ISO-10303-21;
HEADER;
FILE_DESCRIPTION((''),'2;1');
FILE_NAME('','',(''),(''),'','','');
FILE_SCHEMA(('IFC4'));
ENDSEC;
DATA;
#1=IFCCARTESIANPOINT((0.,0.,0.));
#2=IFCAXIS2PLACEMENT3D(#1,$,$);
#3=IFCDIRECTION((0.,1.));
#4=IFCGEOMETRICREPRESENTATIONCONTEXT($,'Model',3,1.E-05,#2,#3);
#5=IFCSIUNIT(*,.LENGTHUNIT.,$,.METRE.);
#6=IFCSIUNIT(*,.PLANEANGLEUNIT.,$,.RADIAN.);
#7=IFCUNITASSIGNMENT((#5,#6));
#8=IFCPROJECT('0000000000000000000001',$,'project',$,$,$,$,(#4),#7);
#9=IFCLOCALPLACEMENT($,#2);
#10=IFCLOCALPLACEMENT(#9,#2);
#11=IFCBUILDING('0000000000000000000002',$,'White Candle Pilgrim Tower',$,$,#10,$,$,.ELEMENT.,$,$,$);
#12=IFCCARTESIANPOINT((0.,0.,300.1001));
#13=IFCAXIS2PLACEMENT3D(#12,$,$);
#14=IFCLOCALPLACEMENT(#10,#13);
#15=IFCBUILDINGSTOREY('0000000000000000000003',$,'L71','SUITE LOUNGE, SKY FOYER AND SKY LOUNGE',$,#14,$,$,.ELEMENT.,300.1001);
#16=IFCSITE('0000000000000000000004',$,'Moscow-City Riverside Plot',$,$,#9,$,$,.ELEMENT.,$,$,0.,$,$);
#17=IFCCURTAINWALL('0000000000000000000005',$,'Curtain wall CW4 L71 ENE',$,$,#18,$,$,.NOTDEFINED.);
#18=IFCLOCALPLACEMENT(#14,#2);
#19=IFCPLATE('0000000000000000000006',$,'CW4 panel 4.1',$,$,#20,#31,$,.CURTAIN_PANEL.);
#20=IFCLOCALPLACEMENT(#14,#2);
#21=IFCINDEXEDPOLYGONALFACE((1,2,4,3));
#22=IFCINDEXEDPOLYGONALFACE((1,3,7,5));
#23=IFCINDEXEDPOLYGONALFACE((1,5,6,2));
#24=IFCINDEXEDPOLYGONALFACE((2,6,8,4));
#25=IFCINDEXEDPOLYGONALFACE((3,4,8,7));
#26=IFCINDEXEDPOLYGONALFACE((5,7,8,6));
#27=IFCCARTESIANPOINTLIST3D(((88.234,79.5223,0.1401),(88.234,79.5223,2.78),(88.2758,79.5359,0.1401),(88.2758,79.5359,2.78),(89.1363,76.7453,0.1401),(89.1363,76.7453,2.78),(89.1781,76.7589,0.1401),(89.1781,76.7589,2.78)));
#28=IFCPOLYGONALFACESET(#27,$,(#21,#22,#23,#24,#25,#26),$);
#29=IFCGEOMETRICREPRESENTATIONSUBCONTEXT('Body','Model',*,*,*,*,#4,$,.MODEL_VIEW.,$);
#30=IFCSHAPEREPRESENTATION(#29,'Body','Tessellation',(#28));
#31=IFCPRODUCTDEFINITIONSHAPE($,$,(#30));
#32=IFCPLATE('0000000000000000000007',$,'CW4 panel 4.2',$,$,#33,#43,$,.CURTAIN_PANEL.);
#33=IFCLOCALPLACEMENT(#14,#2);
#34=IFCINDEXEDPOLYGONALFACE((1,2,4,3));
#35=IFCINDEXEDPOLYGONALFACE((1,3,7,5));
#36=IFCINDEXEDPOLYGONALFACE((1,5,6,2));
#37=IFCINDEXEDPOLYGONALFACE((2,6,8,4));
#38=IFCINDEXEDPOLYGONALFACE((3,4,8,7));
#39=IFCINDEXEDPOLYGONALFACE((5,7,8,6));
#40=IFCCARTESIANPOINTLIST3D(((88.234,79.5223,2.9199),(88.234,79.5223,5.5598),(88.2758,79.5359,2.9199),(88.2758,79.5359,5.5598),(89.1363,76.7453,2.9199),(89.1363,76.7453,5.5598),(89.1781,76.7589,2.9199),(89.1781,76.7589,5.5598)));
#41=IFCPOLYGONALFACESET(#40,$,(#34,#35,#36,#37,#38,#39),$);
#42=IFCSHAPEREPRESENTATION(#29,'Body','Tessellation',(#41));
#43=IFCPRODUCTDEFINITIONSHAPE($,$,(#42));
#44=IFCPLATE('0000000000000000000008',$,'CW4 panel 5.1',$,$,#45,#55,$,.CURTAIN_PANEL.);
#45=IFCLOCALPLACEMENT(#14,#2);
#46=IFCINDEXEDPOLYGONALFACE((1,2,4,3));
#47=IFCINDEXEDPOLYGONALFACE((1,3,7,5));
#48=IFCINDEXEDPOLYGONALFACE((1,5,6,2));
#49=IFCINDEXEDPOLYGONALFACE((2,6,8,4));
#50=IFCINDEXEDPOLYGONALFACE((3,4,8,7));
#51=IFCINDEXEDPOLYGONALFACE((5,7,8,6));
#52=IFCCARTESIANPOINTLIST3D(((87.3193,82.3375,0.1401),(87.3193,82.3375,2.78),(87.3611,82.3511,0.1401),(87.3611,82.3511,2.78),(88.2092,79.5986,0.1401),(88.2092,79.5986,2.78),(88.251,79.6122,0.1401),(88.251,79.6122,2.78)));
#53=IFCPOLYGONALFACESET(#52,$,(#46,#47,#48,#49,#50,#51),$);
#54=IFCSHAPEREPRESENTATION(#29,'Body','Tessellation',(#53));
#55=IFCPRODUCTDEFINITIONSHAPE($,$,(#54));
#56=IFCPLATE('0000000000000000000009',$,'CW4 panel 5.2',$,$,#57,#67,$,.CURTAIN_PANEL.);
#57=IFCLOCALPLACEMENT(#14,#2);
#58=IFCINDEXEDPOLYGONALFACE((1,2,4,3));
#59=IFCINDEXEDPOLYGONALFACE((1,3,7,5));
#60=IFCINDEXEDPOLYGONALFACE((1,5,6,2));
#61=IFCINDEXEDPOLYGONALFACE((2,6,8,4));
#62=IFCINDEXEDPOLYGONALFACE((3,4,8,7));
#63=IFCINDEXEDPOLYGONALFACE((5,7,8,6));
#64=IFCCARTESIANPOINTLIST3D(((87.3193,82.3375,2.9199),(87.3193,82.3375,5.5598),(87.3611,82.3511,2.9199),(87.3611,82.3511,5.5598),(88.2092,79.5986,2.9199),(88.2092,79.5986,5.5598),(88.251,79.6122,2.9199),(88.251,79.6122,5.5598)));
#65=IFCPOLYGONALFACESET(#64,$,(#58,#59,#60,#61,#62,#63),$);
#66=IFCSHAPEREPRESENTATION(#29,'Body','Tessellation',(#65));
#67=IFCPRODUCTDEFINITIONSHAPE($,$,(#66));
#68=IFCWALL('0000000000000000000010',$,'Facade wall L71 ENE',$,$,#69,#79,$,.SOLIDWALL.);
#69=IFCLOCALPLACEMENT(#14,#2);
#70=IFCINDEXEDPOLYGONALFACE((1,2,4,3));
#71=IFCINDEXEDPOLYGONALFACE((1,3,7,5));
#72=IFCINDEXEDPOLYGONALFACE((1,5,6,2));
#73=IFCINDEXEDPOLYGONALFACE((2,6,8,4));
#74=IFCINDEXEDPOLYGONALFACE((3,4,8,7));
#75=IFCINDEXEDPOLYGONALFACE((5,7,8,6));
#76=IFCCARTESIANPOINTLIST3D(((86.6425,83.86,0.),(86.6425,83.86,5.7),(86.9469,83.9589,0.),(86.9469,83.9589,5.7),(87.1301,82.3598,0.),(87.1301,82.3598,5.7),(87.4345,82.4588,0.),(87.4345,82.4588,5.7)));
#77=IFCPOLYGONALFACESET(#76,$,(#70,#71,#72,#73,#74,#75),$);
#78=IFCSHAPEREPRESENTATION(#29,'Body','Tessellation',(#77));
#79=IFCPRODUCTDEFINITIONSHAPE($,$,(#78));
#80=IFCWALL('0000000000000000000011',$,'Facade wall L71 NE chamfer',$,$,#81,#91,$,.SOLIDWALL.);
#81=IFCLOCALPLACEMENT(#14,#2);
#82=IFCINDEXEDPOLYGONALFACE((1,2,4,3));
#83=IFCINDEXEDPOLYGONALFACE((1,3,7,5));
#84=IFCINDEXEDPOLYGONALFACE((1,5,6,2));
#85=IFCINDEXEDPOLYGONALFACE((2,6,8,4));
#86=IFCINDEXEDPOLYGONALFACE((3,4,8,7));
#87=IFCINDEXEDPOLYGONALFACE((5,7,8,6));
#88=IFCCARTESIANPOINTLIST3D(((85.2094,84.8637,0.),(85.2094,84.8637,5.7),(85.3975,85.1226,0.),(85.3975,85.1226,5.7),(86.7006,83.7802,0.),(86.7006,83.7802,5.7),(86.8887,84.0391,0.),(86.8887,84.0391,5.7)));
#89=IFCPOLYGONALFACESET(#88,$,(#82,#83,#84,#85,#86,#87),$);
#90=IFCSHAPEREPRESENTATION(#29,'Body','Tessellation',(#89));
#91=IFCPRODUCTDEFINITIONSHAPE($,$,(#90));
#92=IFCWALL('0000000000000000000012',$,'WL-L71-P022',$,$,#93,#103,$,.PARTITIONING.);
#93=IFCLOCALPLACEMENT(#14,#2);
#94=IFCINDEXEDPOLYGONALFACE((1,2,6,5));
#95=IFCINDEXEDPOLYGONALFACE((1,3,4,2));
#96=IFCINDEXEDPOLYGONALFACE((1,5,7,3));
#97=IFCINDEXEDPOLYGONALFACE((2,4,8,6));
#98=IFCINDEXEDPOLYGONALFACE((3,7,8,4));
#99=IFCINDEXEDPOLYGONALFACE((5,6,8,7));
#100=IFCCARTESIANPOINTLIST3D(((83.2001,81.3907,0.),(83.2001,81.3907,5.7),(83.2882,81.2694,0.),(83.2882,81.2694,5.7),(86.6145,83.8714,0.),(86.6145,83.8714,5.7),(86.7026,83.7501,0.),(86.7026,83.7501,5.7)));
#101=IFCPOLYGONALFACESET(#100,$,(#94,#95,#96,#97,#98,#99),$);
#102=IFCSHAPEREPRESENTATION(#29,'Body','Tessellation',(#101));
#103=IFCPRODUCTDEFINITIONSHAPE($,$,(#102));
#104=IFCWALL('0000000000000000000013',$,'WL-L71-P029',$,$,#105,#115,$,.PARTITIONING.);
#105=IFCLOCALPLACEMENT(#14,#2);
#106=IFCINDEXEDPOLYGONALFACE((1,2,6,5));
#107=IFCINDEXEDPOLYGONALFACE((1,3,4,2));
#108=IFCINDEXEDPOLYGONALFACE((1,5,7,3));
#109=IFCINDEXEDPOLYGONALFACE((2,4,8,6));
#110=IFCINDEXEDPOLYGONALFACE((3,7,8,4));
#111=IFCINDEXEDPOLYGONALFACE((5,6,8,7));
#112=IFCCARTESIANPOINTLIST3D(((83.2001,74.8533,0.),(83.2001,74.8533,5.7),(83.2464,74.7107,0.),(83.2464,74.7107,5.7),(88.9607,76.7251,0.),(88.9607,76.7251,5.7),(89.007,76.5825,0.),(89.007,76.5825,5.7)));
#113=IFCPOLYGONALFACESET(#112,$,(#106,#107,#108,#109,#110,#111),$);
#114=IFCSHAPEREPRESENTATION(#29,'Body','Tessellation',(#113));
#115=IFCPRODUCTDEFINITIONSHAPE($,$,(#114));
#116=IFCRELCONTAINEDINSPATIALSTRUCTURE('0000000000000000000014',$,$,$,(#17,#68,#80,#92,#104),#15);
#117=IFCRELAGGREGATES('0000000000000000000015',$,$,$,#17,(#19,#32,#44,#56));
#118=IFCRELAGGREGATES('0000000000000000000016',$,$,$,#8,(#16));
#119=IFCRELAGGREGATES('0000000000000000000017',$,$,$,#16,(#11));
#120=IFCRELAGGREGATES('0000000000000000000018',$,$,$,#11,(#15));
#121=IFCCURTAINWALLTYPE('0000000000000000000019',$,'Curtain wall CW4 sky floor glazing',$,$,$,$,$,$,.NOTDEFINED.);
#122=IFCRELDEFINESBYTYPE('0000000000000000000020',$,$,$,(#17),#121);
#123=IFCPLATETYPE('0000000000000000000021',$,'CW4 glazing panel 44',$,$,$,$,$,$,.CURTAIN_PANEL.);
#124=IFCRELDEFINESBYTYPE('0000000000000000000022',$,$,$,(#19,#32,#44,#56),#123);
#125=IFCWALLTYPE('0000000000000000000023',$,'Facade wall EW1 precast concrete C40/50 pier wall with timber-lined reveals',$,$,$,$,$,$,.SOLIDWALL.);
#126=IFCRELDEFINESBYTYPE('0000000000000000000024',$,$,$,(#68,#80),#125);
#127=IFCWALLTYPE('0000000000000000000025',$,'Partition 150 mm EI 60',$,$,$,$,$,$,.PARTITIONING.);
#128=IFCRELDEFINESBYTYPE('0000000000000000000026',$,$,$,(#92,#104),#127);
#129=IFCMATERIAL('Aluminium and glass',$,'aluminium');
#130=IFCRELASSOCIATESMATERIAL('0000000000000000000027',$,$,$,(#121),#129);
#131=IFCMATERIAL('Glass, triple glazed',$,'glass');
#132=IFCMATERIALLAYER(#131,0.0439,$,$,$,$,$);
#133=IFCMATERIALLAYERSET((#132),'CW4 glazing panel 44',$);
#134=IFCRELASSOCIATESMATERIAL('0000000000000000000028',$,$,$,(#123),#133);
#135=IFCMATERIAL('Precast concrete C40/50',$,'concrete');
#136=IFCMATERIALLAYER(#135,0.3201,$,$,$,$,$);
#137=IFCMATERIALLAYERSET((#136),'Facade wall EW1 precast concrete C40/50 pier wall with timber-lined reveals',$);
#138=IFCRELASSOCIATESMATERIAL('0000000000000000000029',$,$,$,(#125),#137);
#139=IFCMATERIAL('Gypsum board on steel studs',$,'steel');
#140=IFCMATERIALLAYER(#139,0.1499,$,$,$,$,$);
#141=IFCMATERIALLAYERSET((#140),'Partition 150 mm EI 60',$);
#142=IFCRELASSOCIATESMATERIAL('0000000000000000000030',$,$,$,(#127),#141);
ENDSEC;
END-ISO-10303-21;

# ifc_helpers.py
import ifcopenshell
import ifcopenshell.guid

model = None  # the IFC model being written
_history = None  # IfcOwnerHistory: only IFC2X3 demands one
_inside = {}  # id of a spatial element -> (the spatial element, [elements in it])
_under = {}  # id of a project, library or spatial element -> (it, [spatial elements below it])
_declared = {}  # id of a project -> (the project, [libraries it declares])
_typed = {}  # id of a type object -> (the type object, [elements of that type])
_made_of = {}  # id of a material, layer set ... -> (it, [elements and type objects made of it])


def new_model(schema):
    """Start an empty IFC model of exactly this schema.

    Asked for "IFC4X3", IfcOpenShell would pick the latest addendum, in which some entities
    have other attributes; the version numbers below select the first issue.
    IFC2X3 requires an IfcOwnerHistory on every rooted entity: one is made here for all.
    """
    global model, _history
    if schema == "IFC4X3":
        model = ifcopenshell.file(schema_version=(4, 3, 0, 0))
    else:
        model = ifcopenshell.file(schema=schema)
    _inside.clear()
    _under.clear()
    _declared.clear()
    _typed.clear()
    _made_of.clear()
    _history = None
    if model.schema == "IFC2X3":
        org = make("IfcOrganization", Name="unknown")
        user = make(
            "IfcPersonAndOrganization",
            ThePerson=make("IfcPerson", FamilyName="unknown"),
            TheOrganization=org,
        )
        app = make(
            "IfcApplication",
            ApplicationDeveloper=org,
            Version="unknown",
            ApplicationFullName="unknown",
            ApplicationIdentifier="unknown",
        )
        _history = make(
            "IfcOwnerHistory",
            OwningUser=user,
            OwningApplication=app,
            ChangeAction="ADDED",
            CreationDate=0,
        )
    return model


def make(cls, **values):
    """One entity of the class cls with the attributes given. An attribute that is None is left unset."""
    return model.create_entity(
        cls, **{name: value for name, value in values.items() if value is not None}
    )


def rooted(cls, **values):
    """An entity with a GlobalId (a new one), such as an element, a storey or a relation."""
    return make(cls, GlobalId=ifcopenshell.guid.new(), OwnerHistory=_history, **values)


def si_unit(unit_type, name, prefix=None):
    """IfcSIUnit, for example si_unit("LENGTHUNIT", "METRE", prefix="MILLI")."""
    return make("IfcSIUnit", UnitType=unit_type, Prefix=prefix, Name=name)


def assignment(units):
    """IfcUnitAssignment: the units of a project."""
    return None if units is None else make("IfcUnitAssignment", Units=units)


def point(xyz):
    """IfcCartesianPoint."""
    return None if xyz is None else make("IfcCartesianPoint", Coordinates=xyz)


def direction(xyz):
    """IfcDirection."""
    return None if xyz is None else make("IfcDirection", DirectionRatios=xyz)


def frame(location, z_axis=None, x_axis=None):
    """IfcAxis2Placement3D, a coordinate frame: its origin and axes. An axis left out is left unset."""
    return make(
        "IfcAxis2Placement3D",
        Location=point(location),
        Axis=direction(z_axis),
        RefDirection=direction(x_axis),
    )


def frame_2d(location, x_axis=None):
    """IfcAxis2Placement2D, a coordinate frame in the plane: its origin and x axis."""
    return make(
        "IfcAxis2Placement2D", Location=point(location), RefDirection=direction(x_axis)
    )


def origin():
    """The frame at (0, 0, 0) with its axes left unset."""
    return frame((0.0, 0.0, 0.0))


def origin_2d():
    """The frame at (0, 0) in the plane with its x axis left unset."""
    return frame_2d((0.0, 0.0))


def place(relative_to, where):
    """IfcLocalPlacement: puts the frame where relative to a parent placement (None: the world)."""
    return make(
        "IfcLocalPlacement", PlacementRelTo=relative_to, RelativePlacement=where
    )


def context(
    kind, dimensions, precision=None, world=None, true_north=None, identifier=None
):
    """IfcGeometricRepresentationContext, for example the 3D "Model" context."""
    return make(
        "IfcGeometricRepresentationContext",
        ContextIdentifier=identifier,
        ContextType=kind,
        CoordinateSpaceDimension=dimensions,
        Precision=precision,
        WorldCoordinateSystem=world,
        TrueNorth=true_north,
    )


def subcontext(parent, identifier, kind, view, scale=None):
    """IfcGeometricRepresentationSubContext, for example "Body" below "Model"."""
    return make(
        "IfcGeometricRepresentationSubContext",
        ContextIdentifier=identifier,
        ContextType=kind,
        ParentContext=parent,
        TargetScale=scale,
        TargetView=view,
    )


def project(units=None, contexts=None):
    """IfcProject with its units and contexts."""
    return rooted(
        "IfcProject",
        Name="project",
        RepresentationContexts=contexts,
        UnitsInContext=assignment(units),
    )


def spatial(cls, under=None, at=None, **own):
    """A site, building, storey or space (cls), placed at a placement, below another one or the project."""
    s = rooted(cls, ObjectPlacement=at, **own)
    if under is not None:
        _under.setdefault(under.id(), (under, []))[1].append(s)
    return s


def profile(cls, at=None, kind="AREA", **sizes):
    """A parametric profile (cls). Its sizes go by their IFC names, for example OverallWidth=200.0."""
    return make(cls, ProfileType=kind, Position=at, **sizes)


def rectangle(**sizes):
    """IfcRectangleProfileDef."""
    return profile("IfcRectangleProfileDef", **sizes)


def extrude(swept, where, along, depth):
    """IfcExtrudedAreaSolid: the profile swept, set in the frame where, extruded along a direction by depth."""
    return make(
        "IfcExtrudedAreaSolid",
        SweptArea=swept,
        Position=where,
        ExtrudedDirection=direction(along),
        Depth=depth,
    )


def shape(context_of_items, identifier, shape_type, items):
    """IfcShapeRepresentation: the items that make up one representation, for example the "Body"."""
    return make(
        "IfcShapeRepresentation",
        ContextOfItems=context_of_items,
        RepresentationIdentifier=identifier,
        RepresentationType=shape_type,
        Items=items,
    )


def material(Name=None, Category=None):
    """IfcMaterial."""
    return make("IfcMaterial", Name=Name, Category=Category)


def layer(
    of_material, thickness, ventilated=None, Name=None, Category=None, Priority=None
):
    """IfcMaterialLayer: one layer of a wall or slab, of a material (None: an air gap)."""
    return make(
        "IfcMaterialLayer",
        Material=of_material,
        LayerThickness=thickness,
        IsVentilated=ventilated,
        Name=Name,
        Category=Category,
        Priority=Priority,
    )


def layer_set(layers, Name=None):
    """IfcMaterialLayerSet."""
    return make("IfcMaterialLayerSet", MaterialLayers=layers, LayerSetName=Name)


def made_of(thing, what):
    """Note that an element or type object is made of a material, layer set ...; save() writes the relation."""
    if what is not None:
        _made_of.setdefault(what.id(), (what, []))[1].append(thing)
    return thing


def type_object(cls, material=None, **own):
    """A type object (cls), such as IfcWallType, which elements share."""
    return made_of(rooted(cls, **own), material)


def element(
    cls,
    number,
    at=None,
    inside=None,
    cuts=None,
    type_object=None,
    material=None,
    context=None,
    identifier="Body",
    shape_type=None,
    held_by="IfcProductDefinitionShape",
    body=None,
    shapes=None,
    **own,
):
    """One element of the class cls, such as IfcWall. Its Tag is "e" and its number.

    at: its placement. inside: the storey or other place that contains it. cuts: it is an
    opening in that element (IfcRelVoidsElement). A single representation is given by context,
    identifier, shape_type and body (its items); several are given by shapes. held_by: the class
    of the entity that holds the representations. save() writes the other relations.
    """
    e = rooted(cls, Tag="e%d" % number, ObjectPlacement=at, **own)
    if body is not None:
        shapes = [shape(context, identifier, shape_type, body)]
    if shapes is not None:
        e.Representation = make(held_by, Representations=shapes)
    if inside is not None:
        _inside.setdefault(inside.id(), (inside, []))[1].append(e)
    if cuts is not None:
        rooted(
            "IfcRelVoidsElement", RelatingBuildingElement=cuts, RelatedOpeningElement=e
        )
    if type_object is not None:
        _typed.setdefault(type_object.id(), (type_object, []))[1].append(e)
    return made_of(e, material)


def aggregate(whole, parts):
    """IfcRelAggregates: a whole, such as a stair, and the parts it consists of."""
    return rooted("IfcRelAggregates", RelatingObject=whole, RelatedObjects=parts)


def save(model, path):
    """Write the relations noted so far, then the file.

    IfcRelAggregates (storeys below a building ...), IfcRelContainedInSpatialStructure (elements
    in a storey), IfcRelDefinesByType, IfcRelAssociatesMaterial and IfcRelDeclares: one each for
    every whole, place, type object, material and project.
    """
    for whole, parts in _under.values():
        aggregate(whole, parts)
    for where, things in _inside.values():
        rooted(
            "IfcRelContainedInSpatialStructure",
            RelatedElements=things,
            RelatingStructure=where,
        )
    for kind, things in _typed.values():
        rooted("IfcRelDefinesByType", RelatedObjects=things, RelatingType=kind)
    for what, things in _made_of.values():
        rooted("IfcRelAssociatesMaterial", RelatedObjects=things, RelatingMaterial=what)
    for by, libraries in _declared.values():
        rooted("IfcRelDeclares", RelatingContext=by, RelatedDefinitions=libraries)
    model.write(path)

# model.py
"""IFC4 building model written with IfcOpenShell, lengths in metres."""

from ifc_helpers import new_model, si_unit, direction, frame, frame_2d, origin, origin_2d, place, context, subcontext, project, spatial, rectangle, extrude, material, layer, layer_set, type_object, element, aggregate, save


model = new_model("IFC4")

# Units and contexts
model_context = context("Model", 3, precision=1e-05, world=origin(), true_north=direction((0.0, 1.0)))
body_context = subcontext(model_context, "Body", "Model", "MODEL_VIEW")
ifc_project = project(units=[si_unit("LENGTHUNIT", "METRE"), si_unit("PLANEANGLEUNIT", "RADIAN")], contexts=[model_context])

# Site, building, storey
site_placement = place(None, origin())
site = spatial("IfcSite", under=ifc_project, at=site_placement, Name="Moscow-City Riverside Plot", CompositionType="ELEMENT", RefElevation=0.0)
building_placement = place(site_placement, origin())
building = spatial("IfcBuilding", under=site, at=building_placement, Name="White Candle Pilgrim Tower", CompositionType="ELEMENT")
storey_placement = place(building_placement, frame((0.0, 0.0, 300.1001)))
storey = spatial("IfcBuildingStorey", under=building, at=storey_placement, Name="L71", Description="SUITE LOUNGE, SKY FOYER AND SKY LOUNGE", CompositionType="ELEMENT", Elevation=300.1001)

# Curtain wall
ifc_material_1 = material(Name="Aluminium and glass", Category="aluminium")
curtain_wall_type = type_object("IfcCurtainWallType", Name="Curtain wall CW4 sky floor glazing", PredefinedType="NOTDEFINED", material=ifc_material_1)
curtain_wall_1_placement = place(storey_placement, origin())
curtain_wall_1 = element("IfcCurtainWall", 1, at=curtain_wall_1_placement, inside=storey, type_object=curtain_wall_type, Name="Curtain wall CW4 L71 ENE", PredefinedType="NOTDEFINED")

# Plates
ifc_material_2 = material(Name="Glass, triple glazed", Category="glass")
ifc_layer_1 = layer(ifc_material_2, 0.0439)
ifc_layer_set_1 = layer_set([ifc_layer_1], Name="CW4 glazing panel 44")
plate_type = type_object("IfcPlateType", Name="CW4 glazing panel 44", PredefinedType="CURTAIN_PANEL", material=ifc_layer_set_1)
plate_1_placement = place(storey_placement, frame((88.7061, 78.1406, 0.1401), z_axis=(0.0, 0.0, 1.0), x_axis=(-0.309017, 0.951057, 0.0)))
plate_1 = element("IfcPlate", 2, at=plate_1_placement, type_object=plate_type, Name="CW4 panel 4.1", PredefinedType="CURTAIN_PANEL", context=body_context, shape_type="SweptSolid", body=[
    extrude(rectangle(XDim=2.9199, YDim=0.0439, at=origin_2d()), origin(), (0.0, 0.0, 1.0), 2.6399),
])
plate_2_placement = place(storey_placement, frame((88.7061, 78.1406, 2.9199), z_axis=(0.0, 0.0, 1.0), x_axis=(-0.309017, 0.951057, 0.0)))
plate_2 = element("IfcPlate", 3, at=plate_2_placement, type_object=plate_type, Name="CW4 panel 4.2", PredefinedType="CURTAIN_PANEL", context=body_context, shape_type="SweptSolid", body=[
    extrude(rectangle(XDim=2.9199, YDim=0.0439, at=origin_2d()), origin(), (0.0, 0.0, 1.0), 2.6399),
])
plate_3_placement = place(storey_placement, frame((87.7852, 80.9749, 0.1401), z_axis=(0.0, 0.0, 1.0), x_axis=(-0.309017, 0.951057, 0.0)))
plate_3 = element("IfcPlate", 4, at=plate_3_placement, type_object=plate_type, Name="CW4 panel 5.1", PredefinedType="CURTAIN_PANEL", context=body_context, shape_type="SweptSolid", body=[
    extrude(rectangle(XDim=2.8799, YDim=0.0439, at=origin_2d()), origin(), (0.0, 0.0, 1.0), 2.6399),
])
plate_4_placement = place(storey_placement, frame((87.7852, 80.9749, 2.9199), z_axis=(0.0, 0.0, 1.0), x_axis=(-0.309017, 0.951057, 0.0)))
plate_4 = element("IfcPlate", 5, at=plate_4_placement, type_object=plate_type, Name="CW4 panel 5.2", PredefinedType="CURTAIN_PANEL", context=body_context, shape_type="SweptSolid", body=[
    extrude(rectangle(XDim=2.8799, YDim=0.0439, at=origin_2d()), origin(), (0.0, 0.0, 1.0), 2.6399),
])
aggregate(curtain_wall_1, [plate_1, plate_2, plate_3, plate_4])

# Walls
ifc_material_3 = material(Name="Precast concrete C40/50", Category="concrete")
ifc_layer_2 = layer(ifc_material_3, 0.3201)
ifc_layer_set_2 = layer_set([ifc_layer_2], Name="Facade wall EW1 precast concrete C40/50 pier wall with timber-lined reveals")
wall_type_1 = type_object("IfcWallType", Name="Facade wall EW1 precast concrete C40/50 pier wall with timber-lined reveals", PredefinedType="SOLIDWALL", material=ifc_layer_set_2)
wall_1_placement = place(storey_placement, frame((87.2822, 82.4094, 0.0), z_axis=(0.0, 0.0, 1.0), x_axis=(-0.309069, 0.95104, 0.0)))
element("IfcWall", 6, at=wall_1_placement, inside=storey, type_object=wall_type_1, Name="Facade wall L71 ENE", PredefinedType="SOLIDWALL", context=body_context, shape_type="SweptSolid", body=[
    extrude(rectangle(XDim=1.5774, YDim=0.3201, at=frame_2d((0.7886, 0.0))), origin(), (0.0, 0.0, 1.0), 5.7),
])
wall_2_placement = place(storey_placement, frame((86.7947, 83.9097, 0.0), z_axis=(0.0, 0.0, 1.0), x_axis=(-0.808999, 0.587809, 0.0)))
element("IfcWall", 7, at=wall_2_placement, inside=storey, type_object=wall_type_1, Name="Facade wall L71 NE chamfer", PredefinedType="SOLIDWALL", context=body_context, shape_type="SweptSolid", body=[
    extrude(rectangle(XDim=1.8433, YDim=0.3201, at=frame_2d((0.9216, 0.0))), origin(), (0.0, 0.0, 1.0), 5.7),
])
ifc_material_4 = material(Name="Gypsum board on steel studs", Category="steel")
ifc_layer_3 = layer(ifc_material_4, 0.1499)
ifc_layer_set_3 = layer_set([ifc_layer_3], Name="Partition 150 mm EI 60")
wall_type_2 = type_object("IfcWallType", Name="Partition 150 mm EI 60", PredefinedType="PARTITIONING", material=ifc_layer_set_3)
wall_3_placement = place(storey_placement, frame((86.6587, 83.8108, 0.0), z_axis=(0.0, 0.0, 1.0), x_axis=(-0.809029, -0.587769, 0.0)))
element("IfcWall", 8, at=wall_3_placement, inside=storey, type_object=wall_type_2, Name="WL-L71-P022", PredefinedType="PARTITIONING", context=body_context, shape_type="SweptSolid", body=[
    extrude(rectangle(XDim=4.2205, YDim=0.1499, at=frame_2d((2.1104, 0.0))), origin(), (0.0, 0.0, 1.0), 5.7),
])
wall_4_placement = place(storey_placement, frame((88.9839, 76.6538, 0.0), z_axis=(0.0, 0.0, 1.0), x_axis=(-0.951054, -0.309024, 0.0)))
element("IfcWall", 9, at=wall_4_placement, inside=storey, type_object=wall_type_2, Name="WL-L71-P029", PredefinedType="PARTITIONING", context=body_context, shape_type="SweptSolid", body=[
    extrude(rectangle(XDim=6.0571, YDim=0.1499, at=frame_2d((3.0286, 0.0))), origin(), (0.0, 0.0, 1.0), 5.7),
])

save(model, "model.ifc")
